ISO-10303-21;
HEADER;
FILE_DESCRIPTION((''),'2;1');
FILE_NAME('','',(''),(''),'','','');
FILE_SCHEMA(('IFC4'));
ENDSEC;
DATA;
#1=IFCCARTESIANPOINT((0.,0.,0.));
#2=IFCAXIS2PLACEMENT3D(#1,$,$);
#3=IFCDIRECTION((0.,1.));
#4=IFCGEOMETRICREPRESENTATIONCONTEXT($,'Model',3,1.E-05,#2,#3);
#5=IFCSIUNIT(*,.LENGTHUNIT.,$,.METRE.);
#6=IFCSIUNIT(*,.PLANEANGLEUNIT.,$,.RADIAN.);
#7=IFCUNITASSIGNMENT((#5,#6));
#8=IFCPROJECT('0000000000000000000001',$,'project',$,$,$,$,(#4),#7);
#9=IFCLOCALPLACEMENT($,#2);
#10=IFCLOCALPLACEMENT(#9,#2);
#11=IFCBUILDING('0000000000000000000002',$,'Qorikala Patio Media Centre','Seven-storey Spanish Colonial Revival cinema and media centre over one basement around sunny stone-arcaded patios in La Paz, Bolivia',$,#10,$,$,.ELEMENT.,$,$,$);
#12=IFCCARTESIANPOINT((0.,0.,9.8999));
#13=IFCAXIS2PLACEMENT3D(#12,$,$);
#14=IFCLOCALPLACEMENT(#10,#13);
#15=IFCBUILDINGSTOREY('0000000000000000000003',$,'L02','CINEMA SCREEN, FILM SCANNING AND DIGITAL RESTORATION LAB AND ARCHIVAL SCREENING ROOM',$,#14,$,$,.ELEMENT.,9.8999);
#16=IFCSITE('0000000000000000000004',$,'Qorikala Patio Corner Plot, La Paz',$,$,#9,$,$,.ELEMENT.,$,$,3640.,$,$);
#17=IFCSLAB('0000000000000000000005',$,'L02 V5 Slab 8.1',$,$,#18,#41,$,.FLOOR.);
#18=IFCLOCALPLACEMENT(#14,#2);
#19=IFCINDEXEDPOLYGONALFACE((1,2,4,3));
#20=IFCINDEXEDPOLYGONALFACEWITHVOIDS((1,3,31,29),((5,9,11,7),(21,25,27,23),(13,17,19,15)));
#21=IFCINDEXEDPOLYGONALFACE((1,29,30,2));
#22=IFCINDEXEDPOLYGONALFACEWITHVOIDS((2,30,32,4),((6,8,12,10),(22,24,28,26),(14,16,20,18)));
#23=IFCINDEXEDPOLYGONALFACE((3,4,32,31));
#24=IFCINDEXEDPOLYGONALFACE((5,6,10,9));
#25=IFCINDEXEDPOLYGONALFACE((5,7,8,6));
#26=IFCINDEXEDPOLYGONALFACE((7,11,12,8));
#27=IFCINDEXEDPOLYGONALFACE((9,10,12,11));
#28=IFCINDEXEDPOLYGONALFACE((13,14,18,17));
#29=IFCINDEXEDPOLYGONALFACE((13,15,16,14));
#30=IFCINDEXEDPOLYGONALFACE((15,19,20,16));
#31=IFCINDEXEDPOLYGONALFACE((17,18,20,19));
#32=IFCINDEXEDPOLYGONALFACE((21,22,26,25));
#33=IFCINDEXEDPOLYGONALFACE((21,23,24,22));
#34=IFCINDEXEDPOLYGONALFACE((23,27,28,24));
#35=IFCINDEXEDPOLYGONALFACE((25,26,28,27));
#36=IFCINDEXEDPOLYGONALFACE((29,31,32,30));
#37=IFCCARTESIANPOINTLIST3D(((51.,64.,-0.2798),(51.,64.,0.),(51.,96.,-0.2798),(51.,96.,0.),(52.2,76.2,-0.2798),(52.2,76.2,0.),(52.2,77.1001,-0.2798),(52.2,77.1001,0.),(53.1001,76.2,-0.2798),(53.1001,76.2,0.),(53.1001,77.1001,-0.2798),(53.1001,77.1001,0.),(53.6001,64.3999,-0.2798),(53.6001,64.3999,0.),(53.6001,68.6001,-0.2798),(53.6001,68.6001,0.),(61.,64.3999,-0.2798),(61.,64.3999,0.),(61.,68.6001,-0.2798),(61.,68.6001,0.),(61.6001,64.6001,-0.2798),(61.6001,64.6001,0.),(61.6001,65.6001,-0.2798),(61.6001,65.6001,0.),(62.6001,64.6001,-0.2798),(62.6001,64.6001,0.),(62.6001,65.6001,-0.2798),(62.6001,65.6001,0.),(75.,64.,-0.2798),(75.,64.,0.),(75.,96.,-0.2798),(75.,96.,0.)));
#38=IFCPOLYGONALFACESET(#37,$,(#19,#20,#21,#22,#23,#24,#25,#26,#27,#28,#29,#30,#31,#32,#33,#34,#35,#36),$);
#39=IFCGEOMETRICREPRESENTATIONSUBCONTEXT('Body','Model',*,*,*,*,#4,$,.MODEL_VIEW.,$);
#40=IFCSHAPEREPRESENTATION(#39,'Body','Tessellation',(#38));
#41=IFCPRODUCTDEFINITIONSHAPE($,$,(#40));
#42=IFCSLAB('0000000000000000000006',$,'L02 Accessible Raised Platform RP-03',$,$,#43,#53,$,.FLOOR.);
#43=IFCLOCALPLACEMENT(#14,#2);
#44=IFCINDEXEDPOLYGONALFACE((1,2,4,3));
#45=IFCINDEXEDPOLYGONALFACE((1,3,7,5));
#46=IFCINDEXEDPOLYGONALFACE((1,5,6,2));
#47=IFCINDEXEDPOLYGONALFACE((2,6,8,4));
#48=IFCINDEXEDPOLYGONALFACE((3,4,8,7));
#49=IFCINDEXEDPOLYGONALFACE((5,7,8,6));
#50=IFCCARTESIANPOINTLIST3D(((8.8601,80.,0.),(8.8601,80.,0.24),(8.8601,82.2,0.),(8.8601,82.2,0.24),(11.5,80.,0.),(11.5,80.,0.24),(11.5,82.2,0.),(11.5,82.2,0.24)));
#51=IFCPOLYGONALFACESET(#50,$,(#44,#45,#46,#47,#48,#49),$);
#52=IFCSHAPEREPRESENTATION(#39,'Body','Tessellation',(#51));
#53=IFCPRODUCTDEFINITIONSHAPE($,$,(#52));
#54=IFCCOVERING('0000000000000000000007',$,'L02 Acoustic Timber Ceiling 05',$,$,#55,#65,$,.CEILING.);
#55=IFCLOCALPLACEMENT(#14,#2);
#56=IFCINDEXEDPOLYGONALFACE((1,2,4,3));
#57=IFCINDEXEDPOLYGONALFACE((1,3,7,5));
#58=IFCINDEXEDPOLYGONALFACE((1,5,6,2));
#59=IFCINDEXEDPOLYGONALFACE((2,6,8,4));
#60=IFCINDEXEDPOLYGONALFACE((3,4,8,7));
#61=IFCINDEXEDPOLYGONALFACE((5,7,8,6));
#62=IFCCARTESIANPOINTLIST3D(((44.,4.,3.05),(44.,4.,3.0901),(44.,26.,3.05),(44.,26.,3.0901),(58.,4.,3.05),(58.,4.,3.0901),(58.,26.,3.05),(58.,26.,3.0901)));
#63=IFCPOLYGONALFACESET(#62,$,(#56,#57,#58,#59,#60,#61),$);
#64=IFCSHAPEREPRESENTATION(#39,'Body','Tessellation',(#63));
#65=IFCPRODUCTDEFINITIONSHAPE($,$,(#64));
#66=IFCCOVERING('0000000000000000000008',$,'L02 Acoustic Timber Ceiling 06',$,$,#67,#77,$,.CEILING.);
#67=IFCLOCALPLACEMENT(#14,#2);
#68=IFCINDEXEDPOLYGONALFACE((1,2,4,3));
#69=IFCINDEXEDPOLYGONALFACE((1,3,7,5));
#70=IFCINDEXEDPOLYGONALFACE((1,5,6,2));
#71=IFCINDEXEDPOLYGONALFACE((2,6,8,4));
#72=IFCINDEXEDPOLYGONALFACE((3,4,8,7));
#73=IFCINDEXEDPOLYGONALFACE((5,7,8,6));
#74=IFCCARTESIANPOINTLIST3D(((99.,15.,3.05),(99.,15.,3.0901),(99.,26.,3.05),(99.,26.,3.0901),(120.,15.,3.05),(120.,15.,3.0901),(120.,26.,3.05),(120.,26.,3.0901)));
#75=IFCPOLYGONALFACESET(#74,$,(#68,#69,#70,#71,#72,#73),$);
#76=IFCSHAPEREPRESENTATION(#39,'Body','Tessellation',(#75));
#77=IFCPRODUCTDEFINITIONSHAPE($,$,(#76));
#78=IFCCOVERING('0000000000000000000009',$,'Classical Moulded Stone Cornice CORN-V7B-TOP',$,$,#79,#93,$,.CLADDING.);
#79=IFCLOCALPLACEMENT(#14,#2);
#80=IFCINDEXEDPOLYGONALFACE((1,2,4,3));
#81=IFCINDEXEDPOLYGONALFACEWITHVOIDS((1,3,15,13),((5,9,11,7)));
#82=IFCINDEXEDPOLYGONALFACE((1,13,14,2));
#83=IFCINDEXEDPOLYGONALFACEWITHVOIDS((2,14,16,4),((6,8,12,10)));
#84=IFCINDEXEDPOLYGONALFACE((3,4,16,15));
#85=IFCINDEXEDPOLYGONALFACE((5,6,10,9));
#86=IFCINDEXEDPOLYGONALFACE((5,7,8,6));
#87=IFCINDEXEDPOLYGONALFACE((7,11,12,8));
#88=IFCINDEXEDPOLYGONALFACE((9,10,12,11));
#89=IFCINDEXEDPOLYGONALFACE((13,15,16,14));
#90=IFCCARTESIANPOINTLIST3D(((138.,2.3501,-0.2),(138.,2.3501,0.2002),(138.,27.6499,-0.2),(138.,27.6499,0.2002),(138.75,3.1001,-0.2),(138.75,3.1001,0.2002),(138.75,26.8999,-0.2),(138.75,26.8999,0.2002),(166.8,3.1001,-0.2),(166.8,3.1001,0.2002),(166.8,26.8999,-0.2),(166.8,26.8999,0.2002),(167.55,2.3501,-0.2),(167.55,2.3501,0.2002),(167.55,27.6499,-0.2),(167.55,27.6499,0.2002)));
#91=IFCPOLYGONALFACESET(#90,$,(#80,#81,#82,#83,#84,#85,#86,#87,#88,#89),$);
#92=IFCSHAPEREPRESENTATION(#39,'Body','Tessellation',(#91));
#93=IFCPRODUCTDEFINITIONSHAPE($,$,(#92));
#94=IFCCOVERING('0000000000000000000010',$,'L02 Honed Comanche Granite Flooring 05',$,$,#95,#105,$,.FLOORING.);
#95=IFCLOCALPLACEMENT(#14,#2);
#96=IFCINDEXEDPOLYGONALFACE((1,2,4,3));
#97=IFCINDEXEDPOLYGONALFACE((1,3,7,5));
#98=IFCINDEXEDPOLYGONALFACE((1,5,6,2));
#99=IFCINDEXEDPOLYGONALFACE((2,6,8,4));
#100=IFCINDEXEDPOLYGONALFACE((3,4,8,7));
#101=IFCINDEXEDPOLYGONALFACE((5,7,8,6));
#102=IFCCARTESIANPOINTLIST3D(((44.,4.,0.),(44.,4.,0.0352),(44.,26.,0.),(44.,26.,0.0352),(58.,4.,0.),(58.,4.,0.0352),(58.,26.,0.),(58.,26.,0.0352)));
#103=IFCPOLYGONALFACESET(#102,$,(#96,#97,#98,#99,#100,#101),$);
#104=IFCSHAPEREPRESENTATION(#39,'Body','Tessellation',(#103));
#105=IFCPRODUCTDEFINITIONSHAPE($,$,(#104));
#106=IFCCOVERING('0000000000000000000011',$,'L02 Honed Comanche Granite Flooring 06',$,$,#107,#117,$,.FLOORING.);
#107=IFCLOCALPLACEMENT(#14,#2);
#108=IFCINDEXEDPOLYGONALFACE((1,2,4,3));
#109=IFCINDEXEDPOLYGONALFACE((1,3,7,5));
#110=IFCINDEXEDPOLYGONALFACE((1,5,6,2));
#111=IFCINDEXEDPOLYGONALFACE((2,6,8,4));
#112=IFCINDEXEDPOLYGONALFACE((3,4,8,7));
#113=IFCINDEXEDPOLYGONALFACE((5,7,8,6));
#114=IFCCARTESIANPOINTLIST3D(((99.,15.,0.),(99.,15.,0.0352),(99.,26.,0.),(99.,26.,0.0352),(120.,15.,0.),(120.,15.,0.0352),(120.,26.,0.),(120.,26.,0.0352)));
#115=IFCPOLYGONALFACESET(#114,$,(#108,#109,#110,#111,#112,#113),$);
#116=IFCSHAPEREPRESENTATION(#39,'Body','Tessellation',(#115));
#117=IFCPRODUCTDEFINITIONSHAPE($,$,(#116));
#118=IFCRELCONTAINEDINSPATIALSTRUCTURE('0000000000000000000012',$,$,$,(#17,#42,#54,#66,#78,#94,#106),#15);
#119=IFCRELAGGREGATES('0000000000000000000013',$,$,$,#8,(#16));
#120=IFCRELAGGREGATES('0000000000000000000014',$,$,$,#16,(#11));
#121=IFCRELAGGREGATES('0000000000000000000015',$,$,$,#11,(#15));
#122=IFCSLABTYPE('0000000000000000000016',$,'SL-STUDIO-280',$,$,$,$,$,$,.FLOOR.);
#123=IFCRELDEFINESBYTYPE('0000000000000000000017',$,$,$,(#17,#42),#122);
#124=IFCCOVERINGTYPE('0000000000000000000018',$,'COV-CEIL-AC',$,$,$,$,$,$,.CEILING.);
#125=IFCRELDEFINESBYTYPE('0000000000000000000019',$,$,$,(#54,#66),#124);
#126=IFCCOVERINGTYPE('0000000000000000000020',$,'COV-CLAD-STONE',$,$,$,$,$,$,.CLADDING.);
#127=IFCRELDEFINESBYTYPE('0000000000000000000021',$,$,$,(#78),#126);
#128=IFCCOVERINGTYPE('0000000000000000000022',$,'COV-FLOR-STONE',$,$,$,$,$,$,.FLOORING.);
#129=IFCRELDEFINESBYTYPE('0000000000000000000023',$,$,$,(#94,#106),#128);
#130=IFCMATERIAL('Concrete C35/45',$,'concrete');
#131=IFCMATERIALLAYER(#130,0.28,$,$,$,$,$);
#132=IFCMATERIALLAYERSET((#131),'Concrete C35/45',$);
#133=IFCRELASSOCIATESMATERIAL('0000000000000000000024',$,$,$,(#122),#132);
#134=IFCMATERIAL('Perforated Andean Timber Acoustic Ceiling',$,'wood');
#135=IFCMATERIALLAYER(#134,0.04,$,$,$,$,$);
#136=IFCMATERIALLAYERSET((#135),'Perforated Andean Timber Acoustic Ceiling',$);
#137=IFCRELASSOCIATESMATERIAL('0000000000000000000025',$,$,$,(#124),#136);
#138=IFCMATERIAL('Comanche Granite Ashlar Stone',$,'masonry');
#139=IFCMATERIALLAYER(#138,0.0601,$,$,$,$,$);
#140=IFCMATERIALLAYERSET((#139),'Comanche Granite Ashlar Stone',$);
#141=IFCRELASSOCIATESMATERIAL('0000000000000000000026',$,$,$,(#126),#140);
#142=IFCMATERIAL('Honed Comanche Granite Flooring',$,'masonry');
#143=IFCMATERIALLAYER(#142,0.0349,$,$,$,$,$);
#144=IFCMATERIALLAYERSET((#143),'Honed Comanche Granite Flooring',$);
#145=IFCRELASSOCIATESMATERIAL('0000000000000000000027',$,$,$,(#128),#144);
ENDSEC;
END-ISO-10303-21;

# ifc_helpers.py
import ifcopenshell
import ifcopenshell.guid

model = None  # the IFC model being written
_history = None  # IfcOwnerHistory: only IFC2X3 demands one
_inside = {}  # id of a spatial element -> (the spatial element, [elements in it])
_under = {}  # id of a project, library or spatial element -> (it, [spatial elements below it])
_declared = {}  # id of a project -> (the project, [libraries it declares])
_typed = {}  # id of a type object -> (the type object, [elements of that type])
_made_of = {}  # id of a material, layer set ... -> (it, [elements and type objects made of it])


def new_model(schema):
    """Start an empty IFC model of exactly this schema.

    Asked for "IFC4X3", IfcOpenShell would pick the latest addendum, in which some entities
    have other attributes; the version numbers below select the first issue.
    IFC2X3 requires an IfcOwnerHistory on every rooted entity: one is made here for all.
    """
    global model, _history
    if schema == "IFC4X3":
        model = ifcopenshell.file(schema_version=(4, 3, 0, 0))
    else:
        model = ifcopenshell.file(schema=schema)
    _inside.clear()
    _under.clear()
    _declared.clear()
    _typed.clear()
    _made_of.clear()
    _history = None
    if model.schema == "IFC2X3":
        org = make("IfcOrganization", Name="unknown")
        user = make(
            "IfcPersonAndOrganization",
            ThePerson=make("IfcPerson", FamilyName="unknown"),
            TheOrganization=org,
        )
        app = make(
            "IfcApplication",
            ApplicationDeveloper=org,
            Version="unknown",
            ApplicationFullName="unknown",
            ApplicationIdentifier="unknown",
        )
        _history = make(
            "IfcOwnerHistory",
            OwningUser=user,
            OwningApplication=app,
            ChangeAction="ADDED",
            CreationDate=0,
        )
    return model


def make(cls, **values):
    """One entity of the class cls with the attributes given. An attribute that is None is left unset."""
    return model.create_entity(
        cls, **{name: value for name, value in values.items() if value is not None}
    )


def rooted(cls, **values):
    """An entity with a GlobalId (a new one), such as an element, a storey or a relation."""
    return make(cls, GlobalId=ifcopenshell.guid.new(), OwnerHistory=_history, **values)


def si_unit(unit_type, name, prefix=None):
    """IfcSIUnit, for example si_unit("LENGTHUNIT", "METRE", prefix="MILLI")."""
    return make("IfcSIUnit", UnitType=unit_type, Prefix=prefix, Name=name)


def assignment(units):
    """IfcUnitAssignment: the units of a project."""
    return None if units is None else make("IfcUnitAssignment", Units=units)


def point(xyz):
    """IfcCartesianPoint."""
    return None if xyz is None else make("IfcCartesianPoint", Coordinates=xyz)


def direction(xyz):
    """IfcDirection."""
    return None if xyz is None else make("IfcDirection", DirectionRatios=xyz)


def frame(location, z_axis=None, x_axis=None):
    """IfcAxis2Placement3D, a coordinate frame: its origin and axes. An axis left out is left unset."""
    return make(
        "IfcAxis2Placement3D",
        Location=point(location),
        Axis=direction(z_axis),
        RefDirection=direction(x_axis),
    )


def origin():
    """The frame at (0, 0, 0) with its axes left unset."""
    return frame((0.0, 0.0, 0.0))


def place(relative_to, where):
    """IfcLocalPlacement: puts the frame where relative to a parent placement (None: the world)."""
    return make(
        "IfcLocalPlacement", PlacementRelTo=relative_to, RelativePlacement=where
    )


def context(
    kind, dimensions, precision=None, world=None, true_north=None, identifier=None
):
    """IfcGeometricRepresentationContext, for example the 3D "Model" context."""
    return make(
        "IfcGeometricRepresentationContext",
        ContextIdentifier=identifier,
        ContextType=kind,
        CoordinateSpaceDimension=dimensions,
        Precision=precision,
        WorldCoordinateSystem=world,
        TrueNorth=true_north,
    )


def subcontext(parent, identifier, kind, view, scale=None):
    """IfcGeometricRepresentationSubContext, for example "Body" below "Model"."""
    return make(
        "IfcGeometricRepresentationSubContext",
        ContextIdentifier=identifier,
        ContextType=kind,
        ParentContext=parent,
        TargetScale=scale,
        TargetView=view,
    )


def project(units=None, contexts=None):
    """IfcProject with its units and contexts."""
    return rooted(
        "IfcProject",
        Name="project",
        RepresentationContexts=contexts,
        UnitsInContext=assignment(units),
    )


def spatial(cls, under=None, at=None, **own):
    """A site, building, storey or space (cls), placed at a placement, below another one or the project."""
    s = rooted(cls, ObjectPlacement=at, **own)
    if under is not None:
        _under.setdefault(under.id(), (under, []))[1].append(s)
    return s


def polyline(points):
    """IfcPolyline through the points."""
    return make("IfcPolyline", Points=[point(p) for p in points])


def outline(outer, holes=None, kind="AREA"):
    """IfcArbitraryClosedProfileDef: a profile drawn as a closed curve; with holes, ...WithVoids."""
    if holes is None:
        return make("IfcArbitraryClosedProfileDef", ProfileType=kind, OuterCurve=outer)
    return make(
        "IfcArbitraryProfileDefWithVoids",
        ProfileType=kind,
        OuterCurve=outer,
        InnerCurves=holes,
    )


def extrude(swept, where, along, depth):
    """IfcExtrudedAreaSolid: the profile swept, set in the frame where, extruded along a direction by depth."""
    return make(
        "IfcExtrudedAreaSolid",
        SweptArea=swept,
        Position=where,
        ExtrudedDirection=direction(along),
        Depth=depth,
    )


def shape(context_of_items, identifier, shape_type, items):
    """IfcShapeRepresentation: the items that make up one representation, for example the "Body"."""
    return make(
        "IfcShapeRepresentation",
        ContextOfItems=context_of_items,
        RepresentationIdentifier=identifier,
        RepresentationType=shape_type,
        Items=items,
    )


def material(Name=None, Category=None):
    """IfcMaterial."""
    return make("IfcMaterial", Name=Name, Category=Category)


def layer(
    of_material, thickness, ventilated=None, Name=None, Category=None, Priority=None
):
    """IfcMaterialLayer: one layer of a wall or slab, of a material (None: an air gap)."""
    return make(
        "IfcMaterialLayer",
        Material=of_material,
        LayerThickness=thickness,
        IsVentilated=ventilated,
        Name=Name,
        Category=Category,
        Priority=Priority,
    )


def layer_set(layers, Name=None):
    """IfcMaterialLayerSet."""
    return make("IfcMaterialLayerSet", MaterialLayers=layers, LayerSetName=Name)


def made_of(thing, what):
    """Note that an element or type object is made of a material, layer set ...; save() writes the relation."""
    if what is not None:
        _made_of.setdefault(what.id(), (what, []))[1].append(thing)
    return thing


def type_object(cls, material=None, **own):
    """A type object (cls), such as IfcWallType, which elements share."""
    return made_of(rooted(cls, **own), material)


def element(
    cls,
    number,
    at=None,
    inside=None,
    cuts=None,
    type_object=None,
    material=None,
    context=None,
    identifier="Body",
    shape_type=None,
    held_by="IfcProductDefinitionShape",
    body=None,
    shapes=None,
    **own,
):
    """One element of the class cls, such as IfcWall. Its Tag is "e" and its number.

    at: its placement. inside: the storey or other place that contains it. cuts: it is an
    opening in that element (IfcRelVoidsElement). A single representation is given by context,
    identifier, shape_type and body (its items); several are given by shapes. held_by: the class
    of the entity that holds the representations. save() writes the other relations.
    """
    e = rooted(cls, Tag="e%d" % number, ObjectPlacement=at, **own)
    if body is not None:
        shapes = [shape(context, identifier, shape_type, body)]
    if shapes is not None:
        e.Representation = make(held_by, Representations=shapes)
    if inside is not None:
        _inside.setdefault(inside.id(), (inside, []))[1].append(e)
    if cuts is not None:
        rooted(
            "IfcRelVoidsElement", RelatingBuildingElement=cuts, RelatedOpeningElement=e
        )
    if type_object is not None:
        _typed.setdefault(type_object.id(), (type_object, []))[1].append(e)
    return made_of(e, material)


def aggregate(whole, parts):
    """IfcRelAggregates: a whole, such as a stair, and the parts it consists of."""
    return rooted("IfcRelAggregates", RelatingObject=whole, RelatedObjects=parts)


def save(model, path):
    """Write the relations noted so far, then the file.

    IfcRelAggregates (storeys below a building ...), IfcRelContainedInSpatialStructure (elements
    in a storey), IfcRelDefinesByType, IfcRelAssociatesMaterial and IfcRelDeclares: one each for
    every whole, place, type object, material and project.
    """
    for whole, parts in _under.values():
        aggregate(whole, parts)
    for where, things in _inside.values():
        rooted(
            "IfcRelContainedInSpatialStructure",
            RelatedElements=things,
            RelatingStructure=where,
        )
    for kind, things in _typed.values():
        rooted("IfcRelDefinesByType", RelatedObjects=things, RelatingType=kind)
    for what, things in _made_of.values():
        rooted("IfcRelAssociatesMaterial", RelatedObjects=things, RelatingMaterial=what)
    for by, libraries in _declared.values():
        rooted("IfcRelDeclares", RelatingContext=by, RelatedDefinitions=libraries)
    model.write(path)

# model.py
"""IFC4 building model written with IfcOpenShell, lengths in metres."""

from ifc_helpers import new_model, si_unit, direction, frame, origin, place, context, subcontext, project, spatial, polyline, outline, extrude, material, layer, layer_set, type_object, element, save


model = new_model("IFC4")

# Units and contexts
model_context = context("Model", 3, precision=1e-05, world=origin(), true_north=direction((0.0, 1.0)))
body_context = subcontext(model_context, "Body", "Model", "MODEL_VIEW")
ifc_project = project(units=[si_unit("LENGTHUNIT", "METRE"), si_unit("PLANEANGLEUNIT", "RADIAN")], contexts=[model_context])

# Site, building, storey
site_placement = place(None, origin())
site = spatial("IfcSite", under=ifc_project, at=site_placement, Name="Qorikala Patio Corner Plot, La Paz", CompositionType="ELEMENT", RefElevation=3640.0)
building_placement = place(site_placement, origin())
building = spatial("IfcBuilding", under=site, at=building_placement, Name="Qorikala Patio Media Centre", Description="Seven-storey Spanish Colonial Revival cinema and media centre over one basement around sunny stone-arcaded patios in La Paz, Bolivia", CompositionType="ELEMENT")
storey_placement = place(building_placement, frame((0.0, 0.0, 9.8999)))
storey = spatial("IfcBuildingStorey", under=building, at=storey_placement, Name="L02", Description="CINEMA SCREEN, FILM SCANNING AND DIGITAL RESTORATION LAB AND ARCHIVAL SCREENING ROOM", CompositionType="ELEMENT", Elevation=9.8999)

# Shared definitions
ifc_material_1 = material(Name="Concrete C35/45", Category="concrete")

# Slabs
ifc_layer_1 = layer(ifc_material_1, 0.28)
ifc_layer_set_1 = layer_set([ifc_layer_1], Name="Concrete C35/45")
slab_type_1 = type_object("IfcSlabType", Name="SL-STUDIO-280", PredefinedType="FLOOR", material=ifc_layer_set_1)
slab_1_placement = place(storey_placement, frame((0.0, 0.0, -0.2798)))
element("IfcSlab", 1, at=slab_1_placement, inside=storey, type_object=slab_type_1, Name="L02 V5 Slab 8.1", PredefinedType="FLOOR", context=body_context, shape_type="SweptSolid", body=[
    extrude(outline(polyline([(51.0, 96.0), (75.0, 96.0), (75.0, 64.0), (51.0, 64.0), (51.0, 96.0)]), holes=[polyline([(61.6001, 64.6001), (62.6001, 64.6001), (62.6001, 65.6001), (61.6001, 65.6001), (61.6001, 64.6001)]), polyline([(53.6001, 64.3999), (61.0, 64.3999), (61.0, 68.6001), (53.6001, 68.6001), (53.6001, 64.3999)]), polyline([(52.2, 76.2), (53.1001, 76.2), (53.1001, 77.1001), (52.2, 77.1001), (52.2, 76.2)])]), origin(), (0.0, 0.0, 1.0), 0.2798),
])
slab_2_placement = place(storey_placement, origin())
element("IfcSlab", 2, at=slab_2_placement, inside=storey, type_object=slab_type_1, Name="L02 Accessible Raised Platform RP-03", PredefinedType="FLOOR", context=body_context, shape_type="SweptSolid", body=[
    extrude(outline(polyline([(8.8601, 80.0), (11.5, 80.0), (11.5, 82.2), (8.8601, 82.2), (8.8601, 80.0)])), origin(), (0.0, 0.0, 1.0), 0.24),
])

# Coverings
ifc_material_2 = material(Name="Perforated Andean Timber Acoustic Ceiling", Category="wood")
ifc_layer_2 = layer(ifc_material_2, 0.04)
ifc_layer_set_2 = layer_set([ifc_layer_2], Name="Perforated Andean Timber Acoustic Ceiling")
covering_type_1 = type_object("IfcCoveringType", Name="COV-CEIL-AC", PredefinedType="CEILING", material=ifc_layer_set_2)
covering_1_placement = place(storey_placement, frame((0.0, 0.0, 3.05)))
element("IfcCovering", 3, at=covering_1_placement, inside=storey, type_object=covering_type_1, Name="L02 Acoustic Timber Ceiling 05", PredefinedType="CEILING", context=body_context, shape_type="SweptSolid", body=[
    extrude(outline(polyline([(44.0, 4.0), (58.0, 4.0), (58.0, 26.0), (44.0, 26.0), (44.0, 4.0)])), origin(), (0.0, 0.0, 1.0), 0.04),
])
covering_2_placement = place(storey_placement, frame((0.0, 0.0, 3.05)))
element("IfcCovering", 4, at=covering_2_placement, inside=storey, type_object=covering_type_1, Name="L02 Acoustic Timber Ceiling 06", PredefinedType="CEILING", context=body_context, shape_type="SweptSolid", body=[
    extrude(outline(polyline([(99.0, 15.0), (120.0, 15.0), (120.0, 26.0), (99.0, 26.0), (99.0, 15.0)])), origin(), (0.0, 0.0, 1.0), 0.04),
])
ifc_material_3 = material(Name="Comanche Granite Ashlar Stone", Category="masonry")
ifc_layer_3 = layer(ifc_material_3, 0.0601)
ifc_layer_set_3 = layer_set([ifc_layer_3], Name="Comanche Granite Ashlar Stone")
covering_type_2 = type_object("IfcCoveringType", Name="COV-CLAD-STONE", PredefinedType="CLADDING", material=ifc_layer_set_3)
covering_3_placement = place(storey_placement, frame((0.0, 0.0, -0.2)))
element("IfcCovering", 5, at=covering_3_placement, inside=storey, type_object=covering_type_2, Name="Classical Moulded Stone Cornice CORN-V7B-TOP", PredefinedType="CLADDING", context=body_context, shape_type="SweptSolid", body=[
    extrude(outline(polyline([(138.0, 2.3501), (167.55, 2.3501), (167.55, 27.6499), (138.0, 27.6499), (138.0, 2.3501)]), holes=[polyline([(138.75, 3.1001), (166.8, 3.1001), (166.8, 26.8999), (138.75, 26.8999), (138.75, 3.1001)])]), origin(), (0.0, 0.0, 1.0), 0.4001),
])
ifc_material_4 = material(Name="Honed Comanche Granite Flooring", Category="masonry")
ifc_layer_4 = layer(ifc_material_4, 0.0349)
ifc_layer_set_4 = layer_set([ifc_layer_4], Name="Honed Comanche Granite Flooring")
covering_type_3 = type_object("IfcCoveringType", Name="COV-FLOR-STONE", PredefinedType="FLOORING", material=ifc_layer_set_4)
covering_4_placement = place(storey_placement, origin())
element("IfcCovering", 6, at=covering_4_placement, inside=storey, type_object=covering_type_3, Name="L02 Honed Comanche Granite Flooring 05", PredefinedType="FLOORING", context=body_context, shape_type="SweptSolid", body=[
    extrude(outline(polyline([(44.0, 4.0), (58.0, 4.0), (58.0, 26.0), (44.0, 26.0), (44.0, 4.0)])), origin(), (0.0, 0.0, 1.0), 0.0352),
])
covering_5_placement = place(storey_placement, origin())
element("IfcCovering", 7, at=covering_5_placement, inside=storey, type_object=covering_type_3, Name="L02 Honed Comanche Granite Flooring 06", PredefinedType="FLOORING", context=body_context, shape_type="SweptSolid", body=[
    extrude(outline(polyline([(99.0, 15.0), (120.0, 15.0), (120.0, 26.0), (99.0, 26.0), (99.0, 15.0)])), origin(), (0.0, 0.0, 1.0), 0.0352),
])

save(model, "model.ifc")
